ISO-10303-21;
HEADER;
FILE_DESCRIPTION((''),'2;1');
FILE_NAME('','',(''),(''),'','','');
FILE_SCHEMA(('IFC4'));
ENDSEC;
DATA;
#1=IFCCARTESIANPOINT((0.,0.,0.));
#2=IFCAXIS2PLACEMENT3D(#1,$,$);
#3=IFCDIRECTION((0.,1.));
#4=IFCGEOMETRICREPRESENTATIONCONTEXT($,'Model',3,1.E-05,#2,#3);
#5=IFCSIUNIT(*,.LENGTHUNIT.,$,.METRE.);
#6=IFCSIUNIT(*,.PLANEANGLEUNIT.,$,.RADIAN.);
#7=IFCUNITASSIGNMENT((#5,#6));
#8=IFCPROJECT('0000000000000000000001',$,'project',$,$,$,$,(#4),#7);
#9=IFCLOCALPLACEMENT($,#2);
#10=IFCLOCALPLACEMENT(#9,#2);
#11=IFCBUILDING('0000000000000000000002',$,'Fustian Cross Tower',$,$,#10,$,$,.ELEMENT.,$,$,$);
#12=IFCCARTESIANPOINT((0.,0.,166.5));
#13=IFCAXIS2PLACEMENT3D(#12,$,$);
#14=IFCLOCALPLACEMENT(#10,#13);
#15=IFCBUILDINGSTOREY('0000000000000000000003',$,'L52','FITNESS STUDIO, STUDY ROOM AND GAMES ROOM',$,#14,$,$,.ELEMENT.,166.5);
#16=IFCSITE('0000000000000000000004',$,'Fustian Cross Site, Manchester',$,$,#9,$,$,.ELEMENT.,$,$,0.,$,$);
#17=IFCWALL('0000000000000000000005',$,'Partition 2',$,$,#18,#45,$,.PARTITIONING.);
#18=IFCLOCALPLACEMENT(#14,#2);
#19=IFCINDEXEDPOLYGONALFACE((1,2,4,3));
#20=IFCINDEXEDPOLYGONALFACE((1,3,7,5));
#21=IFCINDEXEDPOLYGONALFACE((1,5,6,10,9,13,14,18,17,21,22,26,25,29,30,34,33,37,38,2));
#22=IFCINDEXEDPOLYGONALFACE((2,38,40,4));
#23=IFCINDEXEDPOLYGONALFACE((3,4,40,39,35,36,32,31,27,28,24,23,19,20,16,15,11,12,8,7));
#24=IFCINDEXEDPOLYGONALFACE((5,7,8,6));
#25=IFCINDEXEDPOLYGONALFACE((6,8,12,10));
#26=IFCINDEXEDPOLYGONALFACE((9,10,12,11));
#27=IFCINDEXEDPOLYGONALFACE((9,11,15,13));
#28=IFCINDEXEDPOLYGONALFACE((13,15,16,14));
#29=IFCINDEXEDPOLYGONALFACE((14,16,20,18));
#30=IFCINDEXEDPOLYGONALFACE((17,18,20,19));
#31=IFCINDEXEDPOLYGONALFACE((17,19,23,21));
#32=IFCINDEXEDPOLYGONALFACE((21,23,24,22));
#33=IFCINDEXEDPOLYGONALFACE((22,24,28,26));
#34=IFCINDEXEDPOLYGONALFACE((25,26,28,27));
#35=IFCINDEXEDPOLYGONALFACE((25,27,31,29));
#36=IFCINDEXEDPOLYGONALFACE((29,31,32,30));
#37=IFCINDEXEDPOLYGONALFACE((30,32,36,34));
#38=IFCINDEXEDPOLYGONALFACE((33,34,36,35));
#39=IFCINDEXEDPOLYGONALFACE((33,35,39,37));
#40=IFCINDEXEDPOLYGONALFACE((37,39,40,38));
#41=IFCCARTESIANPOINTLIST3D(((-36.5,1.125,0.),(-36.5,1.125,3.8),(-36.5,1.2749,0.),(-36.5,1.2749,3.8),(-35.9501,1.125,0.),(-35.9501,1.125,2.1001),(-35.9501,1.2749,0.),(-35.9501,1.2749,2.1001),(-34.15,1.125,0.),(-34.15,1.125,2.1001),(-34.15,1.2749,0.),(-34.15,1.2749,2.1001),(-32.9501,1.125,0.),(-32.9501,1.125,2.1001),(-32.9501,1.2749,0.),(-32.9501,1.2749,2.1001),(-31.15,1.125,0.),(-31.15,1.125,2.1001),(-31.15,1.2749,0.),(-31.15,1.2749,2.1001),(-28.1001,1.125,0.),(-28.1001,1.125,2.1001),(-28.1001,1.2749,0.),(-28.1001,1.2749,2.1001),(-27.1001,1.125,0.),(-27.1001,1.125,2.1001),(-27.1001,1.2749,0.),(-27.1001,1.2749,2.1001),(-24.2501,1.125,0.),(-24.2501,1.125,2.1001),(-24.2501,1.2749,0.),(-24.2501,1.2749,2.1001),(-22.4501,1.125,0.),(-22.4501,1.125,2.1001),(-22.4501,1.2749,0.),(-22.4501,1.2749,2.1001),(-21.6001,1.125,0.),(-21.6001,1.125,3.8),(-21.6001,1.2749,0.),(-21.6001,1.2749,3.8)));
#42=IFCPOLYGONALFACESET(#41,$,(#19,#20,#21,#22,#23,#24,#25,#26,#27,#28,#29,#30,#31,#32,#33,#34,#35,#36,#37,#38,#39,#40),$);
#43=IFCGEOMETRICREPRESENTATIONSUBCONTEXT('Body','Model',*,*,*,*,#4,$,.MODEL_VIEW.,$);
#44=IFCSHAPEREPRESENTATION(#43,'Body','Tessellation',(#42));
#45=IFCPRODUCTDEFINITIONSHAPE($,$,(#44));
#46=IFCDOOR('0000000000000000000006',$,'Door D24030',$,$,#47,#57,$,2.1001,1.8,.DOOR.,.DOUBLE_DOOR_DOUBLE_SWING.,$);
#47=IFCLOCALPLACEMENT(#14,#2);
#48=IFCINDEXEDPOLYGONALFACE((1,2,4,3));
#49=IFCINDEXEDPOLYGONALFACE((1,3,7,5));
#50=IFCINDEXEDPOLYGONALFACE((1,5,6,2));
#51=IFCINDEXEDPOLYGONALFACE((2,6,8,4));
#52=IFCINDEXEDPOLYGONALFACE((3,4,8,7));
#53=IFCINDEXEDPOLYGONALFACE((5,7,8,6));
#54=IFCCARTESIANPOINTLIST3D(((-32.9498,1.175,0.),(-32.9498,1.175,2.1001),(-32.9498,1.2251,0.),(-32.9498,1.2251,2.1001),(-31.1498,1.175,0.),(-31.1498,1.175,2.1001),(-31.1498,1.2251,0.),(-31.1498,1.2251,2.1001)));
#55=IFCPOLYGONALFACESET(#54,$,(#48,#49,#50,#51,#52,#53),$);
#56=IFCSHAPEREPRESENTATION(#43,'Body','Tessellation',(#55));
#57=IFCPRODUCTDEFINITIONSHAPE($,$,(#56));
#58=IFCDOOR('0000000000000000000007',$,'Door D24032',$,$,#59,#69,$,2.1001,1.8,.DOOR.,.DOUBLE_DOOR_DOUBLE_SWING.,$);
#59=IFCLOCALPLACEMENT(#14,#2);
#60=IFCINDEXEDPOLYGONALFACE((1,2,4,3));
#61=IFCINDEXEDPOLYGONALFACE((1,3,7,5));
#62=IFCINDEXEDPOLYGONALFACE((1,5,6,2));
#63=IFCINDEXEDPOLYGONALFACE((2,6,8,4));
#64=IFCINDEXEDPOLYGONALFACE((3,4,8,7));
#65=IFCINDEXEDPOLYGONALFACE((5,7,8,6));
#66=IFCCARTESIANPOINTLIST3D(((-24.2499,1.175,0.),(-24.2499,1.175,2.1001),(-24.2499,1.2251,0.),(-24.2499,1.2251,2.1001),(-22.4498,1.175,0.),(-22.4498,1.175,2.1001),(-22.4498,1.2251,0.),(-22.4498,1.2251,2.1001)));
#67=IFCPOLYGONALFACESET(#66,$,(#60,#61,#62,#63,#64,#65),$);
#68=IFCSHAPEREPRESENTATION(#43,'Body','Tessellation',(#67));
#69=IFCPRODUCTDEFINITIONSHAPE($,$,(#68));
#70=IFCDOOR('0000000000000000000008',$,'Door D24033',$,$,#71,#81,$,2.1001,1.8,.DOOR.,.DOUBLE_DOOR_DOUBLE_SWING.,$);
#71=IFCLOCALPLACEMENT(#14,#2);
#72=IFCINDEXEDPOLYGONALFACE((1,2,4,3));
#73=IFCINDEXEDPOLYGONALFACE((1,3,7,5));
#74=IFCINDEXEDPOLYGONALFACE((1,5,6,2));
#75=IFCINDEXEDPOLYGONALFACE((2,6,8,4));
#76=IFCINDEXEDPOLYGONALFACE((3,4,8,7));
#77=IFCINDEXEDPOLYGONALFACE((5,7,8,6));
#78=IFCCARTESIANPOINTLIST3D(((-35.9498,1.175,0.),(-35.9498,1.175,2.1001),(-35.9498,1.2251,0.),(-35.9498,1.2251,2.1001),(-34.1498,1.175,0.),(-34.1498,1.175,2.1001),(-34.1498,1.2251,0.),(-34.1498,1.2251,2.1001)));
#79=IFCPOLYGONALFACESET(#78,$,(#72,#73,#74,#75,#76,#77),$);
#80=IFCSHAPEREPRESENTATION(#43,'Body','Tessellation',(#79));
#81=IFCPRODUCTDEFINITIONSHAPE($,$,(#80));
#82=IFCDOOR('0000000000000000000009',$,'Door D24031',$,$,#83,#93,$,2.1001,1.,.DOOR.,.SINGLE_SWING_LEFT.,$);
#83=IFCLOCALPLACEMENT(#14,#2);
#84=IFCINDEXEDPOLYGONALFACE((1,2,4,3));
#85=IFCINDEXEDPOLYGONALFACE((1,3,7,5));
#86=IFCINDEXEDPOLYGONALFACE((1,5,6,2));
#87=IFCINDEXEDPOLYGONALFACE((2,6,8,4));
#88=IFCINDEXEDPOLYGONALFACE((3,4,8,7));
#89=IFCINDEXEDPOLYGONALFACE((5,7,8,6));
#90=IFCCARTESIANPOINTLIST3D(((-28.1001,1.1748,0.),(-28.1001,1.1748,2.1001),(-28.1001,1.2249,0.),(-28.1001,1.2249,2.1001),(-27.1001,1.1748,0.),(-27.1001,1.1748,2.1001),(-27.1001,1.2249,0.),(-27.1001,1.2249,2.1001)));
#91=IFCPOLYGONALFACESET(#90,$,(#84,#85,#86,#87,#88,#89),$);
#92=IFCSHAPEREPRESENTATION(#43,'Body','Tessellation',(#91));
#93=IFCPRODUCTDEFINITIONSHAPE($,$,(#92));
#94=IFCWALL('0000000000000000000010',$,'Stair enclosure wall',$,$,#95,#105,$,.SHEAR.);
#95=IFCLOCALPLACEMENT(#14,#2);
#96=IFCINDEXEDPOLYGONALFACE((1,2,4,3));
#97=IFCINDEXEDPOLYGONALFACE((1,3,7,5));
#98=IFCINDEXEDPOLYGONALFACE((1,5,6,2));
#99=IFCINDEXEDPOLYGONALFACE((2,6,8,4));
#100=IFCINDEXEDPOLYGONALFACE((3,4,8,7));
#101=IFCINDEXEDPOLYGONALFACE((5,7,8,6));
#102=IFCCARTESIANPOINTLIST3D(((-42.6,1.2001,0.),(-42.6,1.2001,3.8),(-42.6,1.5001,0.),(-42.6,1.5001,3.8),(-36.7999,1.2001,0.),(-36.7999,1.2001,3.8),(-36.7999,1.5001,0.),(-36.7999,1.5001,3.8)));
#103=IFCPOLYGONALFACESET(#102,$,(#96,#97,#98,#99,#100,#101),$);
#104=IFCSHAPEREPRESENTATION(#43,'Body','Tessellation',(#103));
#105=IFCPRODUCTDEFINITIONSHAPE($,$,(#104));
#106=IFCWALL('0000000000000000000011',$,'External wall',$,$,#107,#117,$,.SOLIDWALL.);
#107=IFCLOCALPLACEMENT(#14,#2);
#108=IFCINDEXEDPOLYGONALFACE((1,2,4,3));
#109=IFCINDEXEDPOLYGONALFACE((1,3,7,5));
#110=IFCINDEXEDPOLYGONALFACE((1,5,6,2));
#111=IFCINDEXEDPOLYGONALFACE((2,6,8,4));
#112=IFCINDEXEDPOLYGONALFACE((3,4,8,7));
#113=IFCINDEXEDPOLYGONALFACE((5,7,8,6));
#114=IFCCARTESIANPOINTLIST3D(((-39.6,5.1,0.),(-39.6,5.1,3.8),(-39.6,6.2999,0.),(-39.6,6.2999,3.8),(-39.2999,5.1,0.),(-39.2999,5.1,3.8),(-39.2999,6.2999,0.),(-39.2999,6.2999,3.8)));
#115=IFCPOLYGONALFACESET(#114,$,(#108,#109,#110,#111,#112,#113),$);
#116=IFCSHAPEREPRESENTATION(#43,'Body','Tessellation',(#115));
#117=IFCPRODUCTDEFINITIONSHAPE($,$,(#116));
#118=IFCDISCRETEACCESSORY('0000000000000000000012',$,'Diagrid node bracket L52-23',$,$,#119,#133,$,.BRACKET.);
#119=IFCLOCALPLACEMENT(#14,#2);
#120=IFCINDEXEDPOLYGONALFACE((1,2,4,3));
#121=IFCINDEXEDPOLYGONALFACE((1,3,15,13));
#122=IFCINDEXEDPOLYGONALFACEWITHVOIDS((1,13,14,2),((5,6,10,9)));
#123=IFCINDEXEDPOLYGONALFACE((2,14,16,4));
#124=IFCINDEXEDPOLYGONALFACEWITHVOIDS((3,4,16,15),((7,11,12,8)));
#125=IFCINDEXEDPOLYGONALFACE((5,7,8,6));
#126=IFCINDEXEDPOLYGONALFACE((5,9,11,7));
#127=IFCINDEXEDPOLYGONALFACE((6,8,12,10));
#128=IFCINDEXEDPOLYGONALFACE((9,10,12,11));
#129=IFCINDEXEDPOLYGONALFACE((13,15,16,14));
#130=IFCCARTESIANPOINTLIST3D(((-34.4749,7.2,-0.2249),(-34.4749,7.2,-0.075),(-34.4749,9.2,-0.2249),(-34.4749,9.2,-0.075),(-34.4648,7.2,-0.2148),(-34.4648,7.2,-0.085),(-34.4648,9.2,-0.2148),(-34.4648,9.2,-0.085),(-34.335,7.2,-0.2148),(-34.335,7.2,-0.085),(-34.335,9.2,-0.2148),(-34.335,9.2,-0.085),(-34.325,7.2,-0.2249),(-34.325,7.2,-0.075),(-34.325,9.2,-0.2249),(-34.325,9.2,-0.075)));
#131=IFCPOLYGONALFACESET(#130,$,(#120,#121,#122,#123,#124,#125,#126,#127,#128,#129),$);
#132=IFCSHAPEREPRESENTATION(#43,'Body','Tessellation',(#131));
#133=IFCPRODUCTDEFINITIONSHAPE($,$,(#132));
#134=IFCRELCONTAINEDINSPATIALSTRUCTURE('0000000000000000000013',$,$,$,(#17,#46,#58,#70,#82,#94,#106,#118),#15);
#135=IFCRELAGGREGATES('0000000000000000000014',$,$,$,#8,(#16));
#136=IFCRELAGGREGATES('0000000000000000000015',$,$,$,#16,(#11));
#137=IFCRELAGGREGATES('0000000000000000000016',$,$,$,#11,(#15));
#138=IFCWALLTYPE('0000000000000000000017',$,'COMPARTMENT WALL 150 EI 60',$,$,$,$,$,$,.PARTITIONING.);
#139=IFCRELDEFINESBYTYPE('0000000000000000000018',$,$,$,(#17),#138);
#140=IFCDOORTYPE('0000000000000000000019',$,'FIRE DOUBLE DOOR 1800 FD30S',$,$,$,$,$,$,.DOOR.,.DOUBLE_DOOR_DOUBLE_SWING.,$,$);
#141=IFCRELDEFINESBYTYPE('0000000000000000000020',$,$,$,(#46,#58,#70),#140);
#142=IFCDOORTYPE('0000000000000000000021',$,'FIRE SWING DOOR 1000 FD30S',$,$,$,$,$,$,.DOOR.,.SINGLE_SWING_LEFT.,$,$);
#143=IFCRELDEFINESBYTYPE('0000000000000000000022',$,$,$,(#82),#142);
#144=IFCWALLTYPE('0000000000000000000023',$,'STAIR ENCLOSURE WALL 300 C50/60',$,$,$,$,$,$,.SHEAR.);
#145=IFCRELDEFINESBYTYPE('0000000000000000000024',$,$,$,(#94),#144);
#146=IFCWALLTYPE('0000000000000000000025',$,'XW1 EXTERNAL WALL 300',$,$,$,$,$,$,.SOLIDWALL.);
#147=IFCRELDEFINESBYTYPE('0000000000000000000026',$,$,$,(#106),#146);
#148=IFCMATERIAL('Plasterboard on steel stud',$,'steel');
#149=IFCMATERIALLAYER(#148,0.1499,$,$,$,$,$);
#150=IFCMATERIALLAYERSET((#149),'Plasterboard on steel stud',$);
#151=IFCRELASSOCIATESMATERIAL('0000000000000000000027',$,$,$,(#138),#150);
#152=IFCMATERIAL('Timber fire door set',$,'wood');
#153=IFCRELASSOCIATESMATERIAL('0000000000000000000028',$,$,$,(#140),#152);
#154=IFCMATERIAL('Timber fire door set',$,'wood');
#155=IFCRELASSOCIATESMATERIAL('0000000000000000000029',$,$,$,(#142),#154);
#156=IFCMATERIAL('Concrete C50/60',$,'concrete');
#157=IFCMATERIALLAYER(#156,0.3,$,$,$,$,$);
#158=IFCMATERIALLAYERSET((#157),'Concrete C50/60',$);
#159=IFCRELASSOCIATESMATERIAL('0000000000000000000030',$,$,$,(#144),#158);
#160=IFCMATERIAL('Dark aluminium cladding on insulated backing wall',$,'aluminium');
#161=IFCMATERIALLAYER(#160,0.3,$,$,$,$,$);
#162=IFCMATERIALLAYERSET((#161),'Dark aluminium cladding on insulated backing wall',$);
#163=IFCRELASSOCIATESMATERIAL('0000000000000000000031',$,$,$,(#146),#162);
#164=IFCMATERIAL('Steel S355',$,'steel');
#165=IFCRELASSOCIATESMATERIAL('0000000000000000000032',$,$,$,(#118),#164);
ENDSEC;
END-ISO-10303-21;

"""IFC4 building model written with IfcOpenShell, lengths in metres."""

from ifc_helpers import new_model, si_unit, direction, frame, frame_2d, origin, origin_2d, place, context, subcontext, project, spatial, rectangle, hollow_rectangle, extrude, material, layer, layer_set, type_object, element, fill, save


model = new_model("IFC4")

# Units and contexts
model_context = context("Model", 3, precision=1e-05, world=origin(), true_north=direction((0.0, 1.0)))
body_context = subcontext(model_context, "Body", "Model", "MODEL_VIEW")
ifc_project = project(units=[si_unit("LENGTHUNIT", "METRE"), si_unit("PLANEANGLEUNIT", "RADIAN")], contexts=[model_context])

# Site, building, storey
site_placement = place(None, origin())
site = spatial("IfcSite", under=ifc_project, at=site_placement, Name="Fustian Cross Site, Manchester", CompositionType="ELEMENT", RefElevation=0.0)
building_placement = place(site_placement, origin())
building = spatial("IfcBuilding", under=site, at=building_placement, Name="Fustian Cross Tower", CompositionType="ELEMENT")
storey_placement = place(building_placement, frame((0.0, 0.0, 166.5)))
storey = spatial("IfcBuildingStorey", under=building, at=storey_placement, Name="L52", Description="FITNESS STUDIO, STUDY ROOM AND GAMES ROOM", CompositionType="ELEMENT", Elevation=166.5)

# Wall, openings, doors
ifc_material_1 = material(Name="Plasterboard on steel stud", Category="steel")
ifc_layer_1 = layer(ifc_material_1, 0.1499)
ifc_layer_set_1 = layer_set([ifc_layer_1], Name="Plasterboard on steel stud")
wall_type_1 = type_object("IfcWallType", Name="COMPARTMENT WALL 150 EI 60", PredefinedType="PARTITIONING", material=ifc_layer_set_1)
wall_1_placement = place(storey_placement, frame((-36.5, 1.2, 0.0), z_axis=(0.0, 0.0, 1.0), x_axis=(1.0, 0.0, 0.0)))
wall_1 = element("IfcWall", 1, at=wall_1_placement, inside=storey, type_object=wall_type_1, Name="Partition 2", PredefinedType="PARTITIONING", context=body_context, shape_type="SweptSolid", body=[
    extrude(rectangle(XDim=14.8999, YDim=0.1499, at=frame_2d((7.45, 0.0))), origin(), (0.0, 0.0, 1.0), 3.8),
])
opening_1_placement = place(wall_1_placement, frame((3.55, 0.0, 0.0)))
opening_1 = element("IfcOpeningElement", 2, at=opening_1_placement, cuts=wall_1, PredefinedType="OPENING", context=body_context, shape_type="SweptSolid", body=[
    extrude(rectangle(XDim=1.8, YDim=2.1001, at=frame_2d((0.8999, 1.05))), frame((0.0, 0.085, 0.0), z_axis=(0.0, -1.0, 0.0), x_axis=(1.0, 0.0, 0.0)), (0.0, 0.0, 1.0), 0.1699),
])
opening_2_placement = place(wall_1_placement, frame((8.3999, 0.0, 0.0)))
opening_2 = element("IfcOpeningElement", 3, at=opening_2_placement, cuts=wall_1, PredefinedType="OPENING", context=body_context, shape_type="SweptSolid", body=[
    extrude(rectangle(XDim=1.0, YDim=2.1001, at=frame_2d((0.5, 1.05))), frame((0.0, 0.085, 0.0), z_axis=(0.0, -1.0, 0.0), x_axis=(1.0, 0.0, 0.0)), (0.0, 0.0, 1.0), 0.1699),
])
opening_3_placement = place(wall_1_placement, frame((12.25, 0.0, 0.0)))
opening_3 = element("IfcOpeningElement", 4, at=opening_3_placement, cuts=wall_1, PredefinedType="OPENING", context=body_context, shape_type="SweptSolid", body=[
    extrude(rectangle(XDim=1.8, YDim=2.1001, at=frame_2d((0.8999, 1.05))), frame((0.0, 0.085, 0.0), z_axis=(0.0, -1.0, 0.0), x_axis=(1.0, 0.0, 0.0)), (0.0, 0.0, 1.0), 0.1699),
])
opening_4_placement = place(wall_1_placement, frame((0.55, 0.0, 0.0)))
opening_4 = element("IfcOpeningElement", 5, at=opening_4_placement, cuts=wall_1, PredefinedType="OPENING", context=body_context, shape_type="SweptSolid", body=[
    extrude(rectangle(XDim=1.8, YDim=2.1001, at=frame_2d((0.8999, 1.05))), frame((0.0, 0.085, 0.0), z_axis=(0.0, -1.0, 0.0), x_axis=(1.0, 0.0, 0.0)), (0.0, 0.0, 1.0), 0.1699),
])
ifc_material_2 = material(Name="Timber fire door set", Category="wood")
door_type_1 = type_object("IfcDoorType", Name="FIRE DOUBLE DOOR 1800 FD30S", OperationType="DOUBLE_DOOR_DOUBLE_SWING", PredefinedType="DOOR", material=ifc_material_2)
door_1_placement = place(opening_1_placement, frame((1.8, 0.0, 0.0), z_axis=(0.0, 0.0, 1.0), x_axis=(-1.0, 0.0, 0.0)))
door_1 = element("IfcDoor", 6, at=door_1_placement, inside=storey, type_object=door_type_1, Name="Door D24030", OperationType="DOUBLE_DOOR_DOUBLE_SWING", OverallHeight=2.1001, OverallWidth=1.8, PredefinedType="DOOR", context=body_context, shape_type="SweptSolid", body=[
    extrude(rectangle(XDim=1.8, YDim=2.1001, at=frame_2d((0.8999, 1.05))), frame((0.0, 0.0249, 0.0), z_axis=(0.0, -1.0, 0.0), x_axis=(1.0, 0.0, 0.0)), (0.0, 0.0, 1.0), 0.05),
])
fill(opening_1, door_1)
door_2_placement = place(opening_3_placement, frame((1.8, 0.0, 0.0), z_axis=(0.0, 0.0, 1.0), x_axis=(-1.0, 0.0, 0.0)))
door_2 = element("IfcDoor", 7, at=door_2_placement, inside=storey, type_object=door_type_1, Name="Door D24032", OperationType="DOUBLE_DOOR_DOUBLE_SWING", OverallHeight=2.1001, OverallWidth=1.8, PredefinedType="DOOR", context=body_context, shape_type="SweptSolid", body=[
    extrude(rectangle(XDim=1.8, YDim=2.1001, at=frame_2d((0.8999, 1.05))), frame((0.0, 0.0249, 0.0), z_axis=(0.0, -1.0, 0.0), x_axis=(1.0, 0.0, 0.0)), (0.0, 0.0, 1.0), 0.05),
])
fill(opening_3, door_2)
door_3_placement = place(opening_4_placement, frame((1.8, 0.0, 0.0), z_axis=(0.0, 0.0, 1.0), x_axis=(-1.0, 0.0, 0.0)))
door_3 = element("IfcDoor", 8, at=door_3_placement, inside=storey, type_object=door_type_1, Name="Door D24033", OperationType="DOUBLE_DOOR_DOUBLE_SWING", OverallHeight=2.1001, OverallWidth=1.8, PredefinedType="DOOR", context=body_context, shape_type="SweptSolid", body=[
    extrude(rectangle(XDim=1.8, YDim=2.1001, at=frame_2d((0.8999, 1.05))), frame((0.0, 0.0249, 0.0), z_axis=(0.0, -1.0, 0.0), x_axis=(1.0, 0.0, 0.0)), (0.0, 0.0, 1.0), 0.05),
])
fill(opening_4, door_3)
ifc_material_3 = material(Name="Timber fire door set", Category="wood")
door_type_2 = type_object("IfcDoorType", Name="FIRE SWING DOOR 1000 FD30S", OperationType="SINGLE_SWING_LEFT", PredefinedType="DOOR", material=ifc_material_3)
door_4_placement = place(opening_2_placement, origin())
door_4 = element("IfcDoor", 9, at=door_4_placement, inside=storey, type_object=door_type_2, Name="Door D24031", OperationType="SINGLE_SWING_LEFT", OverallHeight=2.1001, OverallWidth=1.0, PredefinedType="DOOR", context=body_context, shape_type="SweptSolid", body=[
    extrude(rectangle(XDim=1.0, YDim=2.1001, at=frame_2d((0.5, 1.05))), frame((0.0, 0.0249, 0.0), z_axis=(0.0, -1.0, 0.0), x_axis=(1.0, 0.0, 0.0)), (0.0, 0.0, 1.0), 0.05),
])
fill(opening_2, door_4)

# Walls
ifc_material_4 = material(Name="Concrete C50/60", Category="concrete")
ifc_layer_2 = layer(ifc_material_4, 0.3)
ifc_layer_set_2 = layer_set([ifc_layer_2], Name="Concrete C50/60")
wall_type_2 = type_object("IfcWallType", Name="STAIR ENCLOSURE WALL 300 C50/60", PredefinedType="SHEAR", material=ifc_layer_set_2)
wall_2_placement = place(storey_placement, frame((-36.8, 1.3501, 0.0), z_axis=(0.0, 0.0, 1.0), x_axis=(-1.0, 0.0, 0.0)))
element("IfcWall", 10, at=wall_2_placement, inside=storey, type_object=wall_type_2, Name="Stair enclosure wall", PredefinedType="SHEAR", context=body_context, shape_type="SweptSolid", body=[
    extrude(rectangle(XDim=5.8, YDim=0.3, at=frame_2d((2.8999, 0.0))), origin(), (0.0, 0.0, 1.0), 3.8),
])
ifc_material_5 = material(Name="Dark aluminium cladding on insulated backing wall", Category="aluminium")
ifc_layer_3 = layer(ifc_material_5, 0.3)
ifc_layer_set_3 = layer_set([ifc_layer_3], Name="Dark aluminium cladding on insulated backing wall")
wall_type_3 = type_object("IfcWallType", Name="XW1 EXTERNAL WALL 300", PredefinedType="SOLIDWALL", material=ifc_layer_set_3)
wall_3_placement = place(storey_placement, frame((-39.45, 6.3, 0.0), z_axis=(0.0, 0.0, 1.0), x_axis=(0.0, -1.0, 0.0)))
element("IfcWall", 11, at=wall_3_placement, inside=storey, type_object=wall_type_3, Name="External wall", PredefinedType="SOLIDWALL", context=body_context, shape_type="SweptSolid", body=[
    extrude(rectangle(XDim=1.2, YDim=0.3, at=frame_2d((0.6001, 0.0))), origin(), (0.0, 0.0, 1.0), 3.8),
])

# Discrete accessory
ifc_material_6 = material(Name="Steel S355", Category="steel")
discrete_accessory_placement = place(storey_placement, frame((-34.3999, 9.2, -0.1499), z_axis=(0.0, -1.0, 0.0), x_axis=(1.0, 0.0, 0.0)))
element("IfcDiscreteAccessory", 12, at=discrete_accessory_placement, inside=storey, material=ifc_material_6, Name="Diagrid node bracket L52-23", PredefinedType="BRACKET", context=body_context, shape_type="SweptSolid", body=[
    extrude(hollow_rectangle(XDim=0.1499, YDim=0.1499, WallThickness=0.01, at=origin_2d()), origin(), (0.0, 0.0, 1.0), 2.0),
])

save(model, "model.ifc")
